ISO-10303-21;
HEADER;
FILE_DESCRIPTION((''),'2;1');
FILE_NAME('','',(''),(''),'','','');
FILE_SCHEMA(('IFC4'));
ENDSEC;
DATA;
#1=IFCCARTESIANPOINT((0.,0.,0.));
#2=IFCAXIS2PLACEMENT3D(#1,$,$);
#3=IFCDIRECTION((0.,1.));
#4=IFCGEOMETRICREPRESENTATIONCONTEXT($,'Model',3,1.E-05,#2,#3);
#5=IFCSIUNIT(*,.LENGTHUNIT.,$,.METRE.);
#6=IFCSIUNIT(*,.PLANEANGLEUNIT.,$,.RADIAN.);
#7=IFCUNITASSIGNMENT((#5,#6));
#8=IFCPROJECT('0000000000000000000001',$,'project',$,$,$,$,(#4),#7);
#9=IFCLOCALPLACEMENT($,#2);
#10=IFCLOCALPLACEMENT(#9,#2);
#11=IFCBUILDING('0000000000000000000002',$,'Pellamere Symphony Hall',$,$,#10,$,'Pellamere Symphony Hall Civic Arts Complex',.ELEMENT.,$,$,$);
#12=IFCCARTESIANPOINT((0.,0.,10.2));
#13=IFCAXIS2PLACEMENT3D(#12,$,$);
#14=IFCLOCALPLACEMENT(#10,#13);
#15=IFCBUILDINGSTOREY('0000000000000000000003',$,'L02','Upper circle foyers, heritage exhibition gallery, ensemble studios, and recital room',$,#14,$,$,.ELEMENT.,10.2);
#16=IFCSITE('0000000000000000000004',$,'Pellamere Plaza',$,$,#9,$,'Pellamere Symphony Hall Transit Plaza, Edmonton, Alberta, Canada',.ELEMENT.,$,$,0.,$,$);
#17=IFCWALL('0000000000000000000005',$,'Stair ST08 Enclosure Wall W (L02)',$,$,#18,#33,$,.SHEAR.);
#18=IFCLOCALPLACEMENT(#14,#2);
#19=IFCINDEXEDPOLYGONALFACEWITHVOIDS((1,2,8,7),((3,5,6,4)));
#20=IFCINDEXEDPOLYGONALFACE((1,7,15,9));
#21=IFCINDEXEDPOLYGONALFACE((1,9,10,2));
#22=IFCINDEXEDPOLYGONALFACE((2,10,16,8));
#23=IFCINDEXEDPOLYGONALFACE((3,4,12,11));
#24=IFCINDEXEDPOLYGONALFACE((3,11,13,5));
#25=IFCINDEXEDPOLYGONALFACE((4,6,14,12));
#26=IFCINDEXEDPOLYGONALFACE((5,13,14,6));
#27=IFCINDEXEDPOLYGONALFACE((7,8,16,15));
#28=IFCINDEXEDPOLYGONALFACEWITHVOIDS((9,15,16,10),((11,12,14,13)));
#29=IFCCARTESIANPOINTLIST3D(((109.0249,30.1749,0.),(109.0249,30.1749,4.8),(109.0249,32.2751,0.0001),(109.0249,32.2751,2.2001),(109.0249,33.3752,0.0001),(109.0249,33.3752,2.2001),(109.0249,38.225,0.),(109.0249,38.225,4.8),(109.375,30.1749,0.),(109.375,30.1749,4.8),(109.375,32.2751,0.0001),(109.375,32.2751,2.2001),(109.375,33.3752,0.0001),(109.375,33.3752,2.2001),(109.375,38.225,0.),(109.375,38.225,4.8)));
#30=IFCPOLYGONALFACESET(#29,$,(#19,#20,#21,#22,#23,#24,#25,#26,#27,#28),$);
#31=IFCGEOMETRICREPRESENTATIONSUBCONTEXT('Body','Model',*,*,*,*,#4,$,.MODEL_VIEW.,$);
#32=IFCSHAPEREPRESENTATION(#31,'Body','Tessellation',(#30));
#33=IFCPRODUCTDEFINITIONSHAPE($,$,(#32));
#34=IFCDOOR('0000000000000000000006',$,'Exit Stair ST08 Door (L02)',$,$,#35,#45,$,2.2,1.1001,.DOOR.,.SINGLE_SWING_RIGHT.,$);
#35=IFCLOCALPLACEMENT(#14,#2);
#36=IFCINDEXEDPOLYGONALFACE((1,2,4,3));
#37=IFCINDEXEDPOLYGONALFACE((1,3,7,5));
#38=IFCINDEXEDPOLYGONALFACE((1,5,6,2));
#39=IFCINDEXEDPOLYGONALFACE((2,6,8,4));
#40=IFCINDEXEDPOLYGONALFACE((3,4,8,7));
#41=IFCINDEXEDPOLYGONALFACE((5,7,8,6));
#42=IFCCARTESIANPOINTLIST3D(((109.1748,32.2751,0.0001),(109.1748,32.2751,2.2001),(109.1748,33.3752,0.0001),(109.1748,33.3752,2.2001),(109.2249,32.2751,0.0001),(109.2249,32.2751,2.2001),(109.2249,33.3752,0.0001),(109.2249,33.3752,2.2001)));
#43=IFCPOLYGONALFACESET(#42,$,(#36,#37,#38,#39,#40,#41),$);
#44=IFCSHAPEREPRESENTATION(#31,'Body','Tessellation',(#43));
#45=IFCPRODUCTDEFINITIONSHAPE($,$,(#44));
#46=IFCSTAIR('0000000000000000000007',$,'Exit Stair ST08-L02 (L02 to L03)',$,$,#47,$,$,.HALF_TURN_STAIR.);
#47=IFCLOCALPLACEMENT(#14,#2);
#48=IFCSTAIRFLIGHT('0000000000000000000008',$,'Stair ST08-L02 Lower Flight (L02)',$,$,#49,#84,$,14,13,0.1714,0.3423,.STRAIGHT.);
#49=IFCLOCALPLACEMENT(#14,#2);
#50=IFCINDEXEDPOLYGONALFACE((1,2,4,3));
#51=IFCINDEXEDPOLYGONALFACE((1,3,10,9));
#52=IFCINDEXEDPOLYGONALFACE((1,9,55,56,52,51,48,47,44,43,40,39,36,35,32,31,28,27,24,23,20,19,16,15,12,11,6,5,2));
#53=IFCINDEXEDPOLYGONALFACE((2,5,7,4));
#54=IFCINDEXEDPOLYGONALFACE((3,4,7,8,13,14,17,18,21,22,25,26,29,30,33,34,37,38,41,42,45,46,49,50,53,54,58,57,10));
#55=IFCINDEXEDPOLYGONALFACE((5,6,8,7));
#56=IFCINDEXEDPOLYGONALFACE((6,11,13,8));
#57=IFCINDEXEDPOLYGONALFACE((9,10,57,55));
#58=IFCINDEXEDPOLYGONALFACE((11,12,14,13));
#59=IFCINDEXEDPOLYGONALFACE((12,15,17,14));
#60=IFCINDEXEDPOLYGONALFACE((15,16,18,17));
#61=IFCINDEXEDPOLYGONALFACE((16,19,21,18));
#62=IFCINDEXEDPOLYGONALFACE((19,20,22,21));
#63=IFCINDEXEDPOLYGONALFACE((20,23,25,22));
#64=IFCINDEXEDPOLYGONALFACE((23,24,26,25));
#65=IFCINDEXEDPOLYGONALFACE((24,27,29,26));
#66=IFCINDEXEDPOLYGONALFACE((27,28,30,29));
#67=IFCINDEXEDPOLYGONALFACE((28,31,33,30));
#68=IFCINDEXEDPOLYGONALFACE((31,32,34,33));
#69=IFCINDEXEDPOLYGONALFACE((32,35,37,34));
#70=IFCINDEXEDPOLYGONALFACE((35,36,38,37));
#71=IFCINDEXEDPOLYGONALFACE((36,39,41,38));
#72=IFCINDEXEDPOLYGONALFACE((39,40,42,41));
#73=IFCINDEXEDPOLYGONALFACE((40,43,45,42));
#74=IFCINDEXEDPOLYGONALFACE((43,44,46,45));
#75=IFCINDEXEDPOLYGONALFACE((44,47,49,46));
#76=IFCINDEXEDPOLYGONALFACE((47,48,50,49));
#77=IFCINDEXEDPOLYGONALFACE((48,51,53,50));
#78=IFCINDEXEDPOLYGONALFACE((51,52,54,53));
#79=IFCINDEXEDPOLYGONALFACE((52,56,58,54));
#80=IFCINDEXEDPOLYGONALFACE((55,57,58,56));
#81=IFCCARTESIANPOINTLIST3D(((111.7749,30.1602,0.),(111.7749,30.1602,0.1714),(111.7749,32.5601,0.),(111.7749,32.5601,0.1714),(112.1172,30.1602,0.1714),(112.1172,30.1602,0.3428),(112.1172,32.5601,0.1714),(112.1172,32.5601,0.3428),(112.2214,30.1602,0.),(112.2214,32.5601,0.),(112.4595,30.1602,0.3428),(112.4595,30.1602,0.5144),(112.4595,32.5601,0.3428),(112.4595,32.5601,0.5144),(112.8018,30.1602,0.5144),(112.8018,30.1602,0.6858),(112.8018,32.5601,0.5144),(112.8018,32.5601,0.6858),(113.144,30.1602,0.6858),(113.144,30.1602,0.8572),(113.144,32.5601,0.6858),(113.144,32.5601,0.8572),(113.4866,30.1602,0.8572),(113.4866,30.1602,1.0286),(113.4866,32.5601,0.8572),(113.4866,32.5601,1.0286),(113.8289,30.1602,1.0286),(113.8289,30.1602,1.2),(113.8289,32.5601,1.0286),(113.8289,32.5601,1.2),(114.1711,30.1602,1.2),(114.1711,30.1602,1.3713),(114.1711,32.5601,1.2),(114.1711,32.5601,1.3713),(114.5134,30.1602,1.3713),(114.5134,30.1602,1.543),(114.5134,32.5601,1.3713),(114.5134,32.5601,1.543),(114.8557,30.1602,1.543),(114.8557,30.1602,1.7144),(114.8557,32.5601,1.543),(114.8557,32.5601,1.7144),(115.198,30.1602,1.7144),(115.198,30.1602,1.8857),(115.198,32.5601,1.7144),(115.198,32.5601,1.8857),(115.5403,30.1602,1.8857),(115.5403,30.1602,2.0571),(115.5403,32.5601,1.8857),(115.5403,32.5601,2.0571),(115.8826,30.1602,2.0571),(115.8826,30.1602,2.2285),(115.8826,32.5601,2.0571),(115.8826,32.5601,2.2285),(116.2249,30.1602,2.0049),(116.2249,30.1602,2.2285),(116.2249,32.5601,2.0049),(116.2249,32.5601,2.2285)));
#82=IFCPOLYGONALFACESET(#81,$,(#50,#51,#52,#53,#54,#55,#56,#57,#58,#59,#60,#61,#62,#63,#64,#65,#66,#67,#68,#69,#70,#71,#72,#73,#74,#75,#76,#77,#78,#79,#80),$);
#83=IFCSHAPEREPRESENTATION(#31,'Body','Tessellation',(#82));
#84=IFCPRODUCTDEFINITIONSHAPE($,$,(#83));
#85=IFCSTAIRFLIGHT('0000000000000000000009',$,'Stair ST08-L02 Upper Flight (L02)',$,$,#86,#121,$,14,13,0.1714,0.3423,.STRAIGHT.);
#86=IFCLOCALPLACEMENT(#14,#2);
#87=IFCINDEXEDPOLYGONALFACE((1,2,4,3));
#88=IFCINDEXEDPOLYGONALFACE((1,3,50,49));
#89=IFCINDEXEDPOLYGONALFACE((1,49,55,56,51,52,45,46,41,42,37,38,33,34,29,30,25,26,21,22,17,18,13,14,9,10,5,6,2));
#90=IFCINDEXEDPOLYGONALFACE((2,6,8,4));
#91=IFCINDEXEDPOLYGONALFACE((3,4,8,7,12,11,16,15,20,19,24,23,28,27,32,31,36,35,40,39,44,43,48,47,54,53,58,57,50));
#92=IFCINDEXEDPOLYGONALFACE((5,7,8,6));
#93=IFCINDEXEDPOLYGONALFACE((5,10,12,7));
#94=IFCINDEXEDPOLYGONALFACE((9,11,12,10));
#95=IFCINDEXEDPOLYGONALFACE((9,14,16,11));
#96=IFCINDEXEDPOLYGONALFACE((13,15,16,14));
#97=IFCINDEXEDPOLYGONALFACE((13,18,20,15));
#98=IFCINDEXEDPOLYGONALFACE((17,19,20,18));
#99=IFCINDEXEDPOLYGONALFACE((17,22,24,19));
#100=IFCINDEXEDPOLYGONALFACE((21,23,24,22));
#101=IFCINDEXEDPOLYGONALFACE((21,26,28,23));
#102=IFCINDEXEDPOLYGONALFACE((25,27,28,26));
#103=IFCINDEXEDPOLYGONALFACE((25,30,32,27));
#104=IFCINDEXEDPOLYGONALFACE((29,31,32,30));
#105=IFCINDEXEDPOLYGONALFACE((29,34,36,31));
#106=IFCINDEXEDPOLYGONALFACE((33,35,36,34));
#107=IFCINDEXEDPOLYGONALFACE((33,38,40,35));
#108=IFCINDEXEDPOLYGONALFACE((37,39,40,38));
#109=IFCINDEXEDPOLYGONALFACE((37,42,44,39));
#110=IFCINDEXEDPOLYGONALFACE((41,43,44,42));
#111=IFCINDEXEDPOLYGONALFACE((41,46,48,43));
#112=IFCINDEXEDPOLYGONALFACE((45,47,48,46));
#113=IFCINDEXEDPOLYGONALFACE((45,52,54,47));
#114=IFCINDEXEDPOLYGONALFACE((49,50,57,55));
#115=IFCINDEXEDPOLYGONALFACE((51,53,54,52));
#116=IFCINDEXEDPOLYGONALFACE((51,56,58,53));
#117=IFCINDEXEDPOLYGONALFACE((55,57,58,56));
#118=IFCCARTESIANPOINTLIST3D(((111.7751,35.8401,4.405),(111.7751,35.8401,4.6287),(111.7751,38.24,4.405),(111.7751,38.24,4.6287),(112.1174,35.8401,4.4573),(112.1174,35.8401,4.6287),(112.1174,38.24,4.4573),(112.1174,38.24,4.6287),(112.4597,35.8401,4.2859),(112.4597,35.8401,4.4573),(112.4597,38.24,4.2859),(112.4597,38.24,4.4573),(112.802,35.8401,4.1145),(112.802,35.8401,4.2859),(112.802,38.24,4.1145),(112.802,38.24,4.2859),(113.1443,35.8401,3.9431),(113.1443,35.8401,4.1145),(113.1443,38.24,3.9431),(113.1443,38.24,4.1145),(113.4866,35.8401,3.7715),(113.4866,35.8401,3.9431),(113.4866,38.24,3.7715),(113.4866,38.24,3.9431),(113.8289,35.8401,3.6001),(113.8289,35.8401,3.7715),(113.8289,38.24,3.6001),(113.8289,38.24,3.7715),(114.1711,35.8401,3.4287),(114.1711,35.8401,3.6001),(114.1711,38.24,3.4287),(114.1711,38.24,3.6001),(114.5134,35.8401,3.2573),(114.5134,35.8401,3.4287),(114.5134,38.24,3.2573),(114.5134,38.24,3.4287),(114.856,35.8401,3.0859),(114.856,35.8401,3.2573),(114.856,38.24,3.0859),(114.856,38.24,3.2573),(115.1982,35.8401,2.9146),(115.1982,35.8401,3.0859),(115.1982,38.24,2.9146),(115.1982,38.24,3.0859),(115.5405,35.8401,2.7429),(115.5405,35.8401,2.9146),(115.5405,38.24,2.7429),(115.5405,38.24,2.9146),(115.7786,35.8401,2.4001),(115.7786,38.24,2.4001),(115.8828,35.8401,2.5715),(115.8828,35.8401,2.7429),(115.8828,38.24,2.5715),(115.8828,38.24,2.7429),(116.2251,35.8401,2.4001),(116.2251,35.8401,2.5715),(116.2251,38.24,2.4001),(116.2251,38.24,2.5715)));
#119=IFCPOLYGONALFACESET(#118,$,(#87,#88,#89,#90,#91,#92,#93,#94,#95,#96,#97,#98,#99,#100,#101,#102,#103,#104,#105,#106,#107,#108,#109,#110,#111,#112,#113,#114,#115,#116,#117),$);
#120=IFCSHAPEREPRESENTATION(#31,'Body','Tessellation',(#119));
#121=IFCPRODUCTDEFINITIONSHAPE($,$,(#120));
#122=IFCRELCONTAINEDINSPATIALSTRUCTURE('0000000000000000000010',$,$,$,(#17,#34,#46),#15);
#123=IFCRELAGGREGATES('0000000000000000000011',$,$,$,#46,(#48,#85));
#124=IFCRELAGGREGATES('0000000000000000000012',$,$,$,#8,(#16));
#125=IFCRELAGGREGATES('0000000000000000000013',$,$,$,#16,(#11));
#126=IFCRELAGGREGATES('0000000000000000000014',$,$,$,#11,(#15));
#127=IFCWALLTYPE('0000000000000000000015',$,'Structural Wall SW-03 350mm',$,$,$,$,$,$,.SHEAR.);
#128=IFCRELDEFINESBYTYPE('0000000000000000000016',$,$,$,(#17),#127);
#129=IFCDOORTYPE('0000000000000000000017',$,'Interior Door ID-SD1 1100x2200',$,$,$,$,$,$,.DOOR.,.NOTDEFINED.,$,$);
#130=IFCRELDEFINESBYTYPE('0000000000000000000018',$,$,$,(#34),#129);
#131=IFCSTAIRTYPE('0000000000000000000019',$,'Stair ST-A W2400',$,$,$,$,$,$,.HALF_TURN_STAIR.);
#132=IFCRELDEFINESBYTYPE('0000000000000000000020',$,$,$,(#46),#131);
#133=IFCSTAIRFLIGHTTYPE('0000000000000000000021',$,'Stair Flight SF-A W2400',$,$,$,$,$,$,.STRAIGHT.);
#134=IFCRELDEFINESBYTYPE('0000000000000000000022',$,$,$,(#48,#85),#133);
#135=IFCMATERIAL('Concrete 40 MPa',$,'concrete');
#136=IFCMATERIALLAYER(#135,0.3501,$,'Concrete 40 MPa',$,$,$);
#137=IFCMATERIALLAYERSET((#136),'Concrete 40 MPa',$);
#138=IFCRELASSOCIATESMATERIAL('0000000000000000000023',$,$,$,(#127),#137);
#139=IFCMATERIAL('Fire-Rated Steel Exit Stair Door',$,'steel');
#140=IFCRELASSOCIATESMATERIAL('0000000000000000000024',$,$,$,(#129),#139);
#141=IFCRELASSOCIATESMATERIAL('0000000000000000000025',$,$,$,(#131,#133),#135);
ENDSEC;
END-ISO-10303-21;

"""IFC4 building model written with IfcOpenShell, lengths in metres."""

from ifc_helpers import new_model, si_unit, direction, frame, frame_2d, origin, place, context, subcontext, project, spatial, polyline, rectangle, outline, extrude, material, layer, layer_set, type_object, element, fill, aggregate, save


model = new_model("IFC4")

# Units and contexts
model_context = context("Model", 3, precision=1e-05, world=origin(), true_north=direction((0.0, 1.0)))
body_context = subcontext(model_context, "Body", "Model", "MODEL_VIEW")
ifc_project = project(units=[si_unit("LENGTHUNIT", "METRE"), si_unit("PLANEANGLEUNIT", "RADIAN")], contexts=[model_context])

# Site, building, storey
site_placement = place(None, origin())
site = spatial("IfcSite", under=ifc_project, at=site_placement, Name="Pellamere Plaza", LongName="Pellamere Symphony Hall Transit Plaza, Edmonton, Alberta, Canada", CompositionType="ELEMENT", RefElevation=0.0)
building_placement = place(site_placement, origin())
building = spatial("IfcBuilding", under=site, at=building_placement, Name="Pellamere Symphony Hall", LongName="Pellamere Symphony Hall Civic Arts Complex", CompositionType="ELEMENT")
storey_placement = place(building_placement, frame((0.0, 0.0, 10.2)))
storey = spatial("IfcBuildingStorey", under=building, at=storey_placement, Name="L02", Description="Upper circle foyers, heritage exhibition gallery, ensemble studios, and recital room", CompositionType="ELEMENT", Elevation=10.2)

# Shared definitions
ifc_material_1 = material(Name="Concrete 40 MPa", Category="concrete")

# Shared definitions
ifc_layer = layer(ifc_material_1, 0.3501, Name="Concrete 40 MPa")
ifc_layer_set = layer_set([ifc_layer], Name="Concrete 40 MPa")
wall_type = type_object("IfcWallType", Name="Structural Wall SW-03 350mm", PredefinedType="SHEAR", material=ifc_layer_set)

# Wall, opening, door
wall_placement = place(storey_placement, frame((109.2, 30.175, 0.0), z_axis=(0.0, 0.0, 1.0), x_axis=(0.0, 1.0, 0.0)))
wall = element("IfcWall", 1, at=wall_placement, inside=storey, type_object=wall_type, Name="Stair ST08 Enclosure Wall W (L02)", PredefinedType="SHEAR", context=body_context, shape_type="SweptSolid", body=[
    extrude(rectangle(XDim=8.05, YDim=0.3501, at=frame_2d((4.0249, 0.0))), origin(), (0.0, 0.0, 1.0), 4.8),
])
opening_placement = place(wall_placement, frame((2.1001, 0.0, 0.0)))
opening = element("IfcOpeningElement", 2, at=opening_placement, cuts=wall, PredefinedType="OPENING", context=body_context, shape_type="SweptSolid", body=[
    extrude(rectangle(XDim=1.1001, YDim=2.2, at=frame_2d((0.55, 1.1001))), frame((0.0, 0.1851, 0.0), z_axis=(0.0, -1.0, 0.0), x_axis=(1.0, 0.0, 0.0)), (0.0, 0.0, 1.0), 0.3701),
])
ifc_material_2 = material(Name="Fire-Rated Steel Exit Stair Door", Category="steel")
door_type = type_object("IfcDoorType", Name="Interior Door ID-SD1 1100x2200", OperationType="NOTDEFINED", PredefinedType="DOOR", material=ifc_material_2)
door_placement = place(opening_placement, frame((1.1001, 0.0, 0.0), z_axis=(0.0, 0.0, 1.0), x_axis=(-1.0, 0.0, 0.0)))
door = element("IfcDoor", 3, at=door_placement, inside=storey, type_object=door_type, Name="Exit Stair ST08 Door (L02)", OperationType="SINGLE_SWING_RIGHT", OverallHeight=2.2, OverallWidth=1.1001, PredefinedType="DOOR", context=body_context, shape_type="SweptSolid", body=[
    extrude(rectangle(XDim=1.1001, YDim=2.2, at=frame_2d((0.55, 1.1001))), frame((0.0, 0.0249, 0.0), z_axis=(0.0, -1.0, 0.0), x_axis=(1.0, 0.0, 0.0)), (0.0, 0.0, 1.0), 0.05),
])
fill(opening, door)

# Stair, stair flights
stair_type = type_object("IfcStairType", Name="Stair ST-A W2400", PredefinedType="HALF_TURN_STAIR", material=ifc_material_1)
stair_placement = place(storey_placement, origin())
stair = element("IfcStair", 4, at=stair_placement, inside=storey, type_object=stair_type, Name="Exit Stair ST08-L02 (L02 to L03)", PredefinedType="HALF_TURN_STAIR")
stair_flight_type = type_object("IfcStairFlightType", Name="Stair Flight SF-A W2400", PredefinedType="STRAIGHT", material=ifc_material_1)
stair_flight_1_placement = place(storey_placement, frame((111.7749, 31.3601, 0.0), z_axis=(0.0, 0.0, 1.0), x_axis=(1.0, 0.0, 0.0)))
stair_flight_1 = element("IfcStairFlight", 5, at=stair_flight_1_placement, type_object=stair_flight_type, Name="Stair ST08-L02 Lower Flight (L02)", NumberOfRisers=14, NumberOfTreads=13, PredefinedType="STRAIGHT", RiserHeight=0.1714, TreadLength=0.3423, context=body_context, shape_type="SweptSolid", body=[
    extrude(outline(polyline([(0.0, 0.0), (0.0, 0.1714), (0.3423, 0.1714), (0.3423, 0.3428), (0.6846, 0.3428), (0.6846, 0.5144), (1.0269, 0.5144), (1.0269, 0.6858), (1.3691, 0.6858), (1.3691, 0.8572), (1.7117, 0.8572), (1.7117, 1.0286), (2.054, 1.0286), (2.054, 1.2), (2.3962, 1.2), (2.3962, 1.3713), (2.7385, 1.3713), (2.7385, 1.543), (3.0808, 1.543), (3.0808, 1.7144), (3.4231, 1.7144), (3.4231, 1.8857), (3.7654, 1.8857), (3.7654, 2.0571), (4.1077, 2.0571), (4.1077, 2.2285), (4.45, 2.2285), (4.45, 2.3999), (4.45, 2.0049), (0.4465, 0.0), (0.0, 0.0)])), frame((0.0, 1.2, 0.0), z_axis=(0.0, -1.0, 0.0), x_axis=(1.0, 0.0, 0.0)), (0.0, 0.0, 1.0), 2.3999),
])
stair_flight_2_placement = place(storey_placement, frame((116.2251, 37.04, 2.4001), z_axis=(0.0, 0.0, 1.0), x_axis=(-1.0, 0.0, 0.0)))
stair_flight_2 = element("IfcStairFlight", 6, at=stair_flight_2_placement, type_object=stair_flight_type, Name="Stair ST08-L02 Upper Flight (L02)", NumberOfRisers=14, NumberOfTreads=13, PredefinedType="STRAIGHT", RiserHeight=0.1714, TreadLength=0.3423, context=body_context, shape_type="SweptSolid", body=[
    extrude(outline(polyline([(0.0, 0.0), (0.0, 0.1714), (0.3423, 0.1714), (0.3423, 0.3428), (0.6846, 0.3428), (0.6846, 0.5144), (1.0269, 0.5144), (1.0269, 0.6858), (1.3691, 0.6858), (1.3691, 0.8572), (1.7117, 0.8572), (1.7117, 1.0286), (2.054, 1.0286), (2.054, 1.2), (2.3962, 1.2), (2.3962, 1.3713), (2.7385, 1.3713), (2.7385, 1.543), (3.0808, 1.543), (3.0808, 1.7144), (3.4231, 1.7144), (3.4231, 1.8857), (3.7654, 1.8857), (3.7654, 2.0571), (4.1077, 2.0571), (4.1077, 2.2285), (4.45, 2.2285), (4.45, 2.3999), (4.45, 2.0049), (0.4465, 0.0), (0.0, 0.0)])), frame((0.0, 1.2, 0.0), z_axis=(0.0, -1.0, 0.0), x_axis=(1.0, 0.0, 0.0)), (0.0, 0.0, 1.0), 2.3999),
])
aggregate(stair, [stair_flight_1, stair_flight_2])

save(model, "model.ifc")
